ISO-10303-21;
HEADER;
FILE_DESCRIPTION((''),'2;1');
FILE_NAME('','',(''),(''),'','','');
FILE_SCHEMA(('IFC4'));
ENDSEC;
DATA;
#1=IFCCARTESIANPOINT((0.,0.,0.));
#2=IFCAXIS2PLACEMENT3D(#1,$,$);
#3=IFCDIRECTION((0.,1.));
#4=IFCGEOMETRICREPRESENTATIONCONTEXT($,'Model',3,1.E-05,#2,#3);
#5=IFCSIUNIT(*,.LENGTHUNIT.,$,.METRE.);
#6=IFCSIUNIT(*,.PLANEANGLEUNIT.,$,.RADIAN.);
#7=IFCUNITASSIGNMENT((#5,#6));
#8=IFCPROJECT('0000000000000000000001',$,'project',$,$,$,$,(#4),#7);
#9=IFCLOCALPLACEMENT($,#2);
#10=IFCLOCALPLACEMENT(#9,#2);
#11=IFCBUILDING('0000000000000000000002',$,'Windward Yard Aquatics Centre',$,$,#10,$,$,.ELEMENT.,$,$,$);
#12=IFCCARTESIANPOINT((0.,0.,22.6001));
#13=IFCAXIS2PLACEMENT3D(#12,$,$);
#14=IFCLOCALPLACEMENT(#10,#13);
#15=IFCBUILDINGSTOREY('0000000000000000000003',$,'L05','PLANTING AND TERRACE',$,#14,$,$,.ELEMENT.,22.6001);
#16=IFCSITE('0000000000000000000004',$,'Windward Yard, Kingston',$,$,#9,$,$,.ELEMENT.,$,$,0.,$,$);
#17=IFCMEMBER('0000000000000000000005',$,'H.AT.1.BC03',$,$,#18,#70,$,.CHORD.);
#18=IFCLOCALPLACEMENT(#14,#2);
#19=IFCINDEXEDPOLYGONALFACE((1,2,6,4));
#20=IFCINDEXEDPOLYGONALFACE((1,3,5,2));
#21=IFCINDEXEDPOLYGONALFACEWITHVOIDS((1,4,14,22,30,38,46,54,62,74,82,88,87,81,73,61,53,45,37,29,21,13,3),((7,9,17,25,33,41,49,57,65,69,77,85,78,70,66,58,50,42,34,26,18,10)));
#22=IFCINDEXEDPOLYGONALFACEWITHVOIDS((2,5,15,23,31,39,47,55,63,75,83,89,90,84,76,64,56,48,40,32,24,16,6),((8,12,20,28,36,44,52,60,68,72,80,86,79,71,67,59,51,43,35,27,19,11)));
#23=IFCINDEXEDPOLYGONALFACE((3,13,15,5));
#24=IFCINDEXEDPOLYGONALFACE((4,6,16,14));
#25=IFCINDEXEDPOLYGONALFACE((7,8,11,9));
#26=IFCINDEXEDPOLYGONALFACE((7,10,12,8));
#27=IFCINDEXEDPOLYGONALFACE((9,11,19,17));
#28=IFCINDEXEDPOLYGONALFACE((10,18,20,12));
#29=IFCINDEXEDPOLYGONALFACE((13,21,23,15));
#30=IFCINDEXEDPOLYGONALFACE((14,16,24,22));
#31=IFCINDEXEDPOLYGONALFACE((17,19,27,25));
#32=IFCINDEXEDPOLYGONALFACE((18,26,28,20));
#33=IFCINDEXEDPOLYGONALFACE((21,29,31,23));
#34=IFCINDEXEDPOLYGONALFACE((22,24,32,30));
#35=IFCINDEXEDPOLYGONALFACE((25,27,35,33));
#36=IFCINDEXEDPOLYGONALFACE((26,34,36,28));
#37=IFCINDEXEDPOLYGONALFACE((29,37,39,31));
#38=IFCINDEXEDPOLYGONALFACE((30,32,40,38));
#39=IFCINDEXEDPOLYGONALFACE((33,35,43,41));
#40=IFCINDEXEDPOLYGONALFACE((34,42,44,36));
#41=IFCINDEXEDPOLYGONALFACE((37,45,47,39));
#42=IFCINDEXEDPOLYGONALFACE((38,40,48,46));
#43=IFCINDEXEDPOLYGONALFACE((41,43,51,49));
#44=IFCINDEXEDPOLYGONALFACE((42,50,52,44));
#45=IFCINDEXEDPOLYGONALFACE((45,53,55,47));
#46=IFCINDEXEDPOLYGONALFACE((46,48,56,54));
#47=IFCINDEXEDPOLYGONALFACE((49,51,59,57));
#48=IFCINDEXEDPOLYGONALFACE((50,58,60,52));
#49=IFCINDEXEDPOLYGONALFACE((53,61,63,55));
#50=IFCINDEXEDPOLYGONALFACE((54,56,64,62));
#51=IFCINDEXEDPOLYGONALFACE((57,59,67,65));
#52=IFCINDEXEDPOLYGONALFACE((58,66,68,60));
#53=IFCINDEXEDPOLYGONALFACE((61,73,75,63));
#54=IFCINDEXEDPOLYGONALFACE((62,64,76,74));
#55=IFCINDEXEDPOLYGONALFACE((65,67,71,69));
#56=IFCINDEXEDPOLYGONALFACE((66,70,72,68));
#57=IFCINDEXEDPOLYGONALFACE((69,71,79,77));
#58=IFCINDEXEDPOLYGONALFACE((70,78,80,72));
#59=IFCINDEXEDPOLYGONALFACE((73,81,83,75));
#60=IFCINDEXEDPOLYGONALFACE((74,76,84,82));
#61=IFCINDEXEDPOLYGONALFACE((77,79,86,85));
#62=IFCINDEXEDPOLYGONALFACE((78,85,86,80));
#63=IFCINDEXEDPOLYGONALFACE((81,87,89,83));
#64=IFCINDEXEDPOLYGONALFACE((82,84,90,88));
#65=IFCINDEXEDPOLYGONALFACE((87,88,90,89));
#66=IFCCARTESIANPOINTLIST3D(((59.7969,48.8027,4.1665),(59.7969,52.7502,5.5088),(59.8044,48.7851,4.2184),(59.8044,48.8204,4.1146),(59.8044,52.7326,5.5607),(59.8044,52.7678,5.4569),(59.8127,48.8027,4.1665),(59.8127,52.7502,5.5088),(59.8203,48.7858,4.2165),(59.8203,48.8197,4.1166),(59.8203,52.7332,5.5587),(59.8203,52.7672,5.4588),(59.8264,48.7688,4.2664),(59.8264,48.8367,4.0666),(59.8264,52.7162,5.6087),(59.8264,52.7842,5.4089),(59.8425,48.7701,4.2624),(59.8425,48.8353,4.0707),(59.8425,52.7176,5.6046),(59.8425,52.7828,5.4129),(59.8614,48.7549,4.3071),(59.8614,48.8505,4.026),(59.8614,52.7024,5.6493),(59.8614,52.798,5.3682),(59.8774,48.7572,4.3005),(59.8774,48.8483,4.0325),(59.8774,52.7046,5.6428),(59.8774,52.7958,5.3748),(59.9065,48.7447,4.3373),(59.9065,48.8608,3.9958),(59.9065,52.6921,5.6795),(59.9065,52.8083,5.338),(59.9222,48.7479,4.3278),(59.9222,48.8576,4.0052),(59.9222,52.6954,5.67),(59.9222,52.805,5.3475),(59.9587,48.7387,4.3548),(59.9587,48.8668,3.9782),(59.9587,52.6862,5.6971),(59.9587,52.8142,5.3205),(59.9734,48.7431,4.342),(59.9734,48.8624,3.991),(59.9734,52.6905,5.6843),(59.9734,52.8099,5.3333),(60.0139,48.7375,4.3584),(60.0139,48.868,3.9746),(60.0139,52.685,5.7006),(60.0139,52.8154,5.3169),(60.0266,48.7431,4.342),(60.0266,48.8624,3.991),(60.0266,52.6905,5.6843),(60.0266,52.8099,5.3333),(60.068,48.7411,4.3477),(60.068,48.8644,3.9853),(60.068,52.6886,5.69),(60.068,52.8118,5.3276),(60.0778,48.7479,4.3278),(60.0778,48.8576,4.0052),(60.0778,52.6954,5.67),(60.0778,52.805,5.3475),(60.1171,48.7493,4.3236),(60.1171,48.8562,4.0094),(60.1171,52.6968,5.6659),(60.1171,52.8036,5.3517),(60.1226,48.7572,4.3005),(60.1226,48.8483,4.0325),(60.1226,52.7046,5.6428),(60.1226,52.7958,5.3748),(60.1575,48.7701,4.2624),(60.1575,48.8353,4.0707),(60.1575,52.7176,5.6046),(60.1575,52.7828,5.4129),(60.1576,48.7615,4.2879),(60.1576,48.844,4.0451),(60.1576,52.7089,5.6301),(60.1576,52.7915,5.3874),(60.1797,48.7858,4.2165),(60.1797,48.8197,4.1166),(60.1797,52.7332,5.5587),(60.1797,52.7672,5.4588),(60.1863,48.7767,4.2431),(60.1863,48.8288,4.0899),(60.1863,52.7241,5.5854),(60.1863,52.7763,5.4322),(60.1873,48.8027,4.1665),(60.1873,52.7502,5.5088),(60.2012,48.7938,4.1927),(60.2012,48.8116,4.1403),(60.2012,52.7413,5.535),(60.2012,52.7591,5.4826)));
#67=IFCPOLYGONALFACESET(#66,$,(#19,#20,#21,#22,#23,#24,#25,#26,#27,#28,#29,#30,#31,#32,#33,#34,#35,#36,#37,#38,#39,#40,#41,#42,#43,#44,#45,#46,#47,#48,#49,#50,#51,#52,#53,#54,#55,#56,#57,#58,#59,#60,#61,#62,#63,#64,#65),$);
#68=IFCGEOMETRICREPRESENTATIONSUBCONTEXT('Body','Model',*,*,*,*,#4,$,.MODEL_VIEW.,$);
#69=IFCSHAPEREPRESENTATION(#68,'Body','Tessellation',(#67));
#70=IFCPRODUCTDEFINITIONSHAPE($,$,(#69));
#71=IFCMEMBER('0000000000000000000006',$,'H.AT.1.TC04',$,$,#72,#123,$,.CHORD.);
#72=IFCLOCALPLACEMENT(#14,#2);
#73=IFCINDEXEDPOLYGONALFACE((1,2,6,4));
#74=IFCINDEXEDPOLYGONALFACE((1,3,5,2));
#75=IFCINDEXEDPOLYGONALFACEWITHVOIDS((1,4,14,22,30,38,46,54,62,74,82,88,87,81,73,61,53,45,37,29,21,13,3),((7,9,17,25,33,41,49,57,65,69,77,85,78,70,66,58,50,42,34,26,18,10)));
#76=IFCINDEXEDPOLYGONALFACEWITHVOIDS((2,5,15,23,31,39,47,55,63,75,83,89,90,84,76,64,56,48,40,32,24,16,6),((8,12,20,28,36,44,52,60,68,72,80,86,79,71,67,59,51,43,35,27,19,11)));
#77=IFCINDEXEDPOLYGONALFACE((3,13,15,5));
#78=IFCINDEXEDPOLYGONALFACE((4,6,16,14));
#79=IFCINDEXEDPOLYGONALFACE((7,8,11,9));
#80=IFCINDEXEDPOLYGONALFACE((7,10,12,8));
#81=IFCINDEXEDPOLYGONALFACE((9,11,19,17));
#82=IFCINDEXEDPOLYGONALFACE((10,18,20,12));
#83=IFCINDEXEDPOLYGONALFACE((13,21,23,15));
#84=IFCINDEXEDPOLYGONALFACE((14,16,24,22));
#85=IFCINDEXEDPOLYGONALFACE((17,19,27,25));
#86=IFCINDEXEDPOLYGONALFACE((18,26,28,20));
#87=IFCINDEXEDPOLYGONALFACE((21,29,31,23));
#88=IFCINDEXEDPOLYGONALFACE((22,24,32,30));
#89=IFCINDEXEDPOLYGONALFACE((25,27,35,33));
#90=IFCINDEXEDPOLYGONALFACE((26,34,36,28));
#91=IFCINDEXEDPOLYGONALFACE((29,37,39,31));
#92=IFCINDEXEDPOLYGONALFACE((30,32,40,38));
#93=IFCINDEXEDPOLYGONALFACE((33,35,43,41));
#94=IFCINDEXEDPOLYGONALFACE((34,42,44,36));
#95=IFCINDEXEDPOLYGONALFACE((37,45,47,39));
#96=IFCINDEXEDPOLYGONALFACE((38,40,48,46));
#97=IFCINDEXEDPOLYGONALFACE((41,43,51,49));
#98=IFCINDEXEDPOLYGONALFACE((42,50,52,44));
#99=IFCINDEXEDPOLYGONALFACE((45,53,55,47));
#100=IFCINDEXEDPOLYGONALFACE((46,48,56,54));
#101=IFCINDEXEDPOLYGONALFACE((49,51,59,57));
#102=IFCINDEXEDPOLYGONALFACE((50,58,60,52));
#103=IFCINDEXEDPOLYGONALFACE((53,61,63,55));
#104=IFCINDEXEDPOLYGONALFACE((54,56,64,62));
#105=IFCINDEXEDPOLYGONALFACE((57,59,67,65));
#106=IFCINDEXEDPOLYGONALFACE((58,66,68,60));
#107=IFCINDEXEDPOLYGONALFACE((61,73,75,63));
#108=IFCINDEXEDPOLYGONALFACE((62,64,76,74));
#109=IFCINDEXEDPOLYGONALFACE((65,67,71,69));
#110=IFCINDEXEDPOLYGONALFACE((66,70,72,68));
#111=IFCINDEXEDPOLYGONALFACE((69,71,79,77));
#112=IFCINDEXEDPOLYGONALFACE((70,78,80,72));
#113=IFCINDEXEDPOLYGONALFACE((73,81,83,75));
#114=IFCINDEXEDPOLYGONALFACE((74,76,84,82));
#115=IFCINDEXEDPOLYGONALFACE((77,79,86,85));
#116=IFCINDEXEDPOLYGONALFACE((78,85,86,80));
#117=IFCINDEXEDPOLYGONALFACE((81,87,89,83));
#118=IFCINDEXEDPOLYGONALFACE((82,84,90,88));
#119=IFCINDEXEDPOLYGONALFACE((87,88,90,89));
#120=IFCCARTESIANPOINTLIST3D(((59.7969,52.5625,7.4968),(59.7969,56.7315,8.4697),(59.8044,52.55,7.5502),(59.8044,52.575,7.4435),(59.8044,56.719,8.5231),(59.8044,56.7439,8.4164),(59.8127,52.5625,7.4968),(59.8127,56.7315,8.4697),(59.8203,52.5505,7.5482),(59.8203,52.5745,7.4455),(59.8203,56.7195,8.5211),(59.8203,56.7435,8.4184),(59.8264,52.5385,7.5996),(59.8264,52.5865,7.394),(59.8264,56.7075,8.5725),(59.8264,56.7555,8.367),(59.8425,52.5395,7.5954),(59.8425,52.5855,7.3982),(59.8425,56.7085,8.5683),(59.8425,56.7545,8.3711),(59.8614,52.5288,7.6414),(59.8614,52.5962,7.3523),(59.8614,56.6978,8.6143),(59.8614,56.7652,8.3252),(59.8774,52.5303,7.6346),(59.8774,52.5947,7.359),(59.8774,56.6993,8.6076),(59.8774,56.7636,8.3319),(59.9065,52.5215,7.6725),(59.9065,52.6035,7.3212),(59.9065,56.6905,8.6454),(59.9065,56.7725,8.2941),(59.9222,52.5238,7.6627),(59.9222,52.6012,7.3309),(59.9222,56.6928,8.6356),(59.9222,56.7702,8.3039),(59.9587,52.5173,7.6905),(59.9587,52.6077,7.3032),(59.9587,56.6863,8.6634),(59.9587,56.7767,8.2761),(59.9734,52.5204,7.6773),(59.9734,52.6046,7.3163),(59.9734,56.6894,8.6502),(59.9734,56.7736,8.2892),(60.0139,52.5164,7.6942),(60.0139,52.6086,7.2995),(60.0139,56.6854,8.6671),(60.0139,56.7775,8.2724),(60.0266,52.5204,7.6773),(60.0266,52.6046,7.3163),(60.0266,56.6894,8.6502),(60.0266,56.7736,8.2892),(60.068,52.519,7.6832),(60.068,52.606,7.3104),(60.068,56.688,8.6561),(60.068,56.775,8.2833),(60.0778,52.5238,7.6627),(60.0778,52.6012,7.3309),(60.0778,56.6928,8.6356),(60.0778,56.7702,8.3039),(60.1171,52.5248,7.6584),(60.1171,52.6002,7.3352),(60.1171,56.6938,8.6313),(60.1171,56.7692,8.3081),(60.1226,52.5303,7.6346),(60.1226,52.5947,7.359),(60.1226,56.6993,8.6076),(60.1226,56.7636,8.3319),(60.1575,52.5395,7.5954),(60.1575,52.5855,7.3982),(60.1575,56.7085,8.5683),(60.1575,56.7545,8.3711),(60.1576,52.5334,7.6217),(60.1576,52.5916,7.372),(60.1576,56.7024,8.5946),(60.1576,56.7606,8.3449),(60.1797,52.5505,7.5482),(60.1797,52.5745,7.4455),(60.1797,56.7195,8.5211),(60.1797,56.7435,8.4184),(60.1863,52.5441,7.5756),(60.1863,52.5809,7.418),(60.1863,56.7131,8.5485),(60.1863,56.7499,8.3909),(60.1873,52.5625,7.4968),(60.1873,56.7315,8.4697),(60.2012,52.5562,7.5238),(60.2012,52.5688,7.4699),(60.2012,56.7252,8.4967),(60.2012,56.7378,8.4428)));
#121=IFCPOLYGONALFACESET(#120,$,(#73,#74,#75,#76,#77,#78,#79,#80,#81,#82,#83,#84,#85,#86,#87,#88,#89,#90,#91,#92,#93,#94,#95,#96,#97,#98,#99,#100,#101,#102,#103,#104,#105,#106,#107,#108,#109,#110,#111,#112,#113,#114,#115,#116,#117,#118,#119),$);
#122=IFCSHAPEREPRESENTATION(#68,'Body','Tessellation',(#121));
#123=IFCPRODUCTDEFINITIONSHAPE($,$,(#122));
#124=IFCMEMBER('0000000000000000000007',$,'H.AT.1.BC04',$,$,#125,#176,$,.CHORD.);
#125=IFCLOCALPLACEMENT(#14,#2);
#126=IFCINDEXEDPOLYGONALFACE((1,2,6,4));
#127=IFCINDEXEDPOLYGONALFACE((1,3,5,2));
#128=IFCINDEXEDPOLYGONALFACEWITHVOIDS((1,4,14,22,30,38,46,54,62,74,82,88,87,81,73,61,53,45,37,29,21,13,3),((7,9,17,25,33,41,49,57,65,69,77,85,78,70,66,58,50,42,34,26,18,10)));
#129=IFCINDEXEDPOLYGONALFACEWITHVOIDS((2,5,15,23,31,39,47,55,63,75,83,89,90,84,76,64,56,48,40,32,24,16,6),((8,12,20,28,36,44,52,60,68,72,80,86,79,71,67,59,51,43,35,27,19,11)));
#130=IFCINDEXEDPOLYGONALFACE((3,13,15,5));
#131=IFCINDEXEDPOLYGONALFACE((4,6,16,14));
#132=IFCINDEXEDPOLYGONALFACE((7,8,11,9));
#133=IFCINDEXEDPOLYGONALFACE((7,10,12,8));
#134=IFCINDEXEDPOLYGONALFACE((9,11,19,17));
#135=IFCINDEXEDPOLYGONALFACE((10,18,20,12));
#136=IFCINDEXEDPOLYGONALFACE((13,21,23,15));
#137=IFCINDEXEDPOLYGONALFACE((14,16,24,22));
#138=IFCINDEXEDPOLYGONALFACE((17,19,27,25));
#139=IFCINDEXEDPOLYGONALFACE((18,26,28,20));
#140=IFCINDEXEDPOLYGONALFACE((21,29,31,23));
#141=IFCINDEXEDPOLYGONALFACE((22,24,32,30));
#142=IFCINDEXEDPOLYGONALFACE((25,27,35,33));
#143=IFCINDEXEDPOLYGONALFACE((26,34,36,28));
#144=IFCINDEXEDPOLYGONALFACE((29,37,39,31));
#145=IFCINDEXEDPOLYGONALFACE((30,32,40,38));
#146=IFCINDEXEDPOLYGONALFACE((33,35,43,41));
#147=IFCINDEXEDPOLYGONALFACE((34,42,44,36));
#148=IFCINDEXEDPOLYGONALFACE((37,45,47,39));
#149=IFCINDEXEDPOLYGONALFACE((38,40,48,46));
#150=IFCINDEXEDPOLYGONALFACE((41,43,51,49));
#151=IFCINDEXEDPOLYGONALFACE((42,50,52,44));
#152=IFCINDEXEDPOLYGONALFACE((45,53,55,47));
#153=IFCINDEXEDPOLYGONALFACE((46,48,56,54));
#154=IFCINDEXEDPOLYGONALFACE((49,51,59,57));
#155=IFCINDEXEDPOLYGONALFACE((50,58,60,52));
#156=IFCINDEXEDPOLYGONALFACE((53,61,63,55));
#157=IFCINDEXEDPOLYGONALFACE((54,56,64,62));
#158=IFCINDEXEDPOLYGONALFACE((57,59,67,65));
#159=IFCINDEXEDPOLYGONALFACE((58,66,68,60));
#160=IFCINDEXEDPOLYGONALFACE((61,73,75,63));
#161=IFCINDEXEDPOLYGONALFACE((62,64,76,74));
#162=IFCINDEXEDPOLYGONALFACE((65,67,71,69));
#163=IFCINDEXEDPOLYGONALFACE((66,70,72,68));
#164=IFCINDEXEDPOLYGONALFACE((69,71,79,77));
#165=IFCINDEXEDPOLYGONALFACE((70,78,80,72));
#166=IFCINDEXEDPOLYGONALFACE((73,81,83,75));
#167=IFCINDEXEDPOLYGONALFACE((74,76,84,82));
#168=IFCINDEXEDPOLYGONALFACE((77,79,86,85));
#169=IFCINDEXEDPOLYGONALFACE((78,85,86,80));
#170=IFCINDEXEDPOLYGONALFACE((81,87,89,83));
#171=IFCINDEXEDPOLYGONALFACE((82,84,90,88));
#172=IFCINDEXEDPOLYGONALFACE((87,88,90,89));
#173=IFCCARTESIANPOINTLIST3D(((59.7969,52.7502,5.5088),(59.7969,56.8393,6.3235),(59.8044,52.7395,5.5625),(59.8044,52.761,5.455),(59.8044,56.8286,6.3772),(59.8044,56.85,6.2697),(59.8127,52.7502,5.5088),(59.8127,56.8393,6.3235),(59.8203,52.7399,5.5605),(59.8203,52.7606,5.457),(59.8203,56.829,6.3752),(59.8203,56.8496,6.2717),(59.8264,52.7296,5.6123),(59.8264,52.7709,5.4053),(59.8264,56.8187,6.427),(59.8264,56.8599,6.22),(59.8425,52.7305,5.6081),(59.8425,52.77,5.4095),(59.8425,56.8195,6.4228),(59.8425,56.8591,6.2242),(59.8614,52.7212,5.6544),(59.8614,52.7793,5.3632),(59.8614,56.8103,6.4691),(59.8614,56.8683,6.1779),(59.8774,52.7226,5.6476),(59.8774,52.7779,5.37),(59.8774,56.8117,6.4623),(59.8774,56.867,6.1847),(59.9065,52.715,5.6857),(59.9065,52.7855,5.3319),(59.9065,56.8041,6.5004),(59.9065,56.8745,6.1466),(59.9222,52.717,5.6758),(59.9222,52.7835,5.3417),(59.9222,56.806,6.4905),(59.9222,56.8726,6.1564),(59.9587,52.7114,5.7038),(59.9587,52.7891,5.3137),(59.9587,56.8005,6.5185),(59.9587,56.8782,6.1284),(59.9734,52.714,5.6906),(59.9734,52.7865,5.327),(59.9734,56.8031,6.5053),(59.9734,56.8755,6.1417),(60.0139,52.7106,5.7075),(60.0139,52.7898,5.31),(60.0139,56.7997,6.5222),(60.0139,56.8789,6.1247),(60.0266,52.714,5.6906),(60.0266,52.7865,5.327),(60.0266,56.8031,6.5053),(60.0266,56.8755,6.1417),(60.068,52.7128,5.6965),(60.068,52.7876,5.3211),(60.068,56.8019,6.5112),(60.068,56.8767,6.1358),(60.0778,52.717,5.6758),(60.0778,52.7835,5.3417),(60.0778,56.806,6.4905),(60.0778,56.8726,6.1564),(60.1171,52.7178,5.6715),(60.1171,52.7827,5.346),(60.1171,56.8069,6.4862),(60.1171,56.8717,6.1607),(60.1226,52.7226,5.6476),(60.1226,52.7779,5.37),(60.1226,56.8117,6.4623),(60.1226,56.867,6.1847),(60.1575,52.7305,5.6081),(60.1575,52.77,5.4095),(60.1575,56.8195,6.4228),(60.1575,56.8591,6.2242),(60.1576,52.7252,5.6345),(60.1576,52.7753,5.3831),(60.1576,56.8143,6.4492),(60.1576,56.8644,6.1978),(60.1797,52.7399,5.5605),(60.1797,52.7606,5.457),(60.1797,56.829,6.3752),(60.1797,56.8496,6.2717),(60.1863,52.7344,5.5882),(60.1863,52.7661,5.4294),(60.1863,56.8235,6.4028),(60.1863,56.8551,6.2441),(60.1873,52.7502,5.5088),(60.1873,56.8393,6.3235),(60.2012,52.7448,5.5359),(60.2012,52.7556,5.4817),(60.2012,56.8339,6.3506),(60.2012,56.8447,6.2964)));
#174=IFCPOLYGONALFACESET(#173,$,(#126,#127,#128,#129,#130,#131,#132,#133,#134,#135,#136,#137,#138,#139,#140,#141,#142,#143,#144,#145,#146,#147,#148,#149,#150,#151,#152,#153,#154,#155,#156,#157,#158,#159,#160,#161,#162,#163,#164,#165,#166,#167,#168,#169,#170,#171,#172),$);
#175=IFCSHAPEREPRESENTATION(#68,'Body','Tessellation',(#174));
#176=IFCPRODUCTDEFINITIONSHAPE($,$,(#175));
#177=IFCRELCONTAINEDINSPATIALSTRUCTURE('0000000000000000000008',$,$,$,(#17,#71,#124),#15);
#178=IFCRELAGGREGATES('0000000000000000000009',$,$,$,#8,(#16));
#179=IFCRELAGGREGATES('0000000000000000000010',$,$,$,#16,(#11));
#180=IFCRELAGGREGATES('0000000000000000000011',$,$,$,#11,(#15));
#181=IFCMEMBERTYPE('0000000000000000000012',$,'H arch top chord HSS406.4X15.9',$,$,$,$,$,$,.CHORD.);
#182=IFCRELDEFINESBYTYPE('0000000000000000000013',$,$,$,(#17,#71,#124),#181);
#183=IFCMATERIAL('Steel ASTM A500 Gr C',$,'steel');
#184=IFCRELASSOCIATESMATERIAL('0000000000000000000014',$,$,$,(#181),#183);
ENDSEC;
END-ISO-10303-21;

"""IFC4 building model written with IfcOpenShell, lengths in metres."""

from ifc_helpers import new_model, si_unit, direction, frame, origin, origin_2d, place, context, subcontext, project, spatial, hollow_circle, extrude, material, material_profile, profile_set, type_object, element, save


model = new_model("IFC4")

# Units and contexts
model_context = context("Model", 3, precision=1e-05, world=origin(), true_north=direction((0.0, 1.0)))
body_context = subcontext(model_context, "Body", "Model", "MODEL_VIEW")
ifc_project = project(units=[si_unit("LENGTHUNIT", "METRE"), si_unit("PLANEANGLEUNIT", "RADIAN")], contexts=[model_context])

# Site, building, storey
site_placement = place(None, origin())
site = spatial("IfcSite", under=ifc_project, at=site_placement, Name="Windward Yard, Kingston", CompositionType="ELEMENT", RefElevation=0.0)
building_placement = place(site_placement, origin())
building = spatial("IfcBuilding", under=site, at=building_placement, Name="Windward Yard Aquatics Centre", CompositionType="ELEMENT")
storey_placement = place(building_placement, frame((0.0, 0.0, 22.6001)))
storey = spatial("IfcBuildingStorey", under=building, at=storey_placement, Name="L05", Description="PLANTING AND TERRACE", CompositionType="ELEMENT", Elevation=22.6001)

# Members
ifc_material_1 = material(Name="Steel ASTM A500 Gr C", Category="steel")
ifc_material_profile_1 = material_profile(ifc_material_1, hollow_circle(Radius=0.2031, WallThickness=0.0159, at=origin_2d()), Name="HSS406.4X15.9")
ifc_profile_set_1 = profile_set([ifc_material_profile_1], Name="Steel ASTM A500 Gr C")
member_type_1 = type_object("IfcMemberType", Name="H arch top chord HSS406.4X15.9", PredefinedType="CHORD", material=ifc_profile_set_1)
member_1_placement = place(storey_placement, frame((60.0, 48.8027, 4.1665), z_axis=(0.0, 0.946763, 0.321931), x_axis=(-1.0, 0.0, 0.0)))
element("IfcMember", 1, at=member_1_placement, inside=storey, type_object=member_type_1, Name="H.AT.1.BC03", PredefinedType="CHORD", context=body_context, shape_type="SweptSolid", body=[
    extrude(hollow_circle(Radius=0.2031, WallThickness=0.0159, at=origin_2d()), origin(), (0.0, 0.0, 1.0), 4.1694),
])
member_2_placement = place(storey_placement, frame((60.0, 52.5625, 7.4968), z_axis=(0.0, 0.973834, 0.227262), x_axis=(-1.0, 0.0, 0.0)))
element("IfcMember", 2, at=member_2_placement, inside=storey, type_object=member_type_1, Name="H.AT.1.TC04", PredefinedType="CHORD", context=body_context, shape_type="SweptSolid", body=[
    extrude(hollow_circle(Radius=0.2031, WallThickness=0.0159, at=origin_2d()), origin(), (0.0, 0.0, 1.0), 4.281),
])
member_3_placement = place(storey_placement, frame((60.0, 52.7502, 5.5088), z_axis=(0.0, 0.980725, 0.195395), x_axis=(-1.0, 0.0, 0.0)))
element("IfcMember", 3, at=member_3_placement, inside=storey, type_object=member_type_1, Name="H.AT.1.BC04", PredefinedType="CHORD", context=body_context, shape_type="SweptSolid", body=[
    extrude(hollow_circle(Radius=0.2031, WallThickness=0.0159, at=origin_2d()), origin(), (0.0, 0.0, 1.0), 4.1694),
])

save(model, "model.ifc")
